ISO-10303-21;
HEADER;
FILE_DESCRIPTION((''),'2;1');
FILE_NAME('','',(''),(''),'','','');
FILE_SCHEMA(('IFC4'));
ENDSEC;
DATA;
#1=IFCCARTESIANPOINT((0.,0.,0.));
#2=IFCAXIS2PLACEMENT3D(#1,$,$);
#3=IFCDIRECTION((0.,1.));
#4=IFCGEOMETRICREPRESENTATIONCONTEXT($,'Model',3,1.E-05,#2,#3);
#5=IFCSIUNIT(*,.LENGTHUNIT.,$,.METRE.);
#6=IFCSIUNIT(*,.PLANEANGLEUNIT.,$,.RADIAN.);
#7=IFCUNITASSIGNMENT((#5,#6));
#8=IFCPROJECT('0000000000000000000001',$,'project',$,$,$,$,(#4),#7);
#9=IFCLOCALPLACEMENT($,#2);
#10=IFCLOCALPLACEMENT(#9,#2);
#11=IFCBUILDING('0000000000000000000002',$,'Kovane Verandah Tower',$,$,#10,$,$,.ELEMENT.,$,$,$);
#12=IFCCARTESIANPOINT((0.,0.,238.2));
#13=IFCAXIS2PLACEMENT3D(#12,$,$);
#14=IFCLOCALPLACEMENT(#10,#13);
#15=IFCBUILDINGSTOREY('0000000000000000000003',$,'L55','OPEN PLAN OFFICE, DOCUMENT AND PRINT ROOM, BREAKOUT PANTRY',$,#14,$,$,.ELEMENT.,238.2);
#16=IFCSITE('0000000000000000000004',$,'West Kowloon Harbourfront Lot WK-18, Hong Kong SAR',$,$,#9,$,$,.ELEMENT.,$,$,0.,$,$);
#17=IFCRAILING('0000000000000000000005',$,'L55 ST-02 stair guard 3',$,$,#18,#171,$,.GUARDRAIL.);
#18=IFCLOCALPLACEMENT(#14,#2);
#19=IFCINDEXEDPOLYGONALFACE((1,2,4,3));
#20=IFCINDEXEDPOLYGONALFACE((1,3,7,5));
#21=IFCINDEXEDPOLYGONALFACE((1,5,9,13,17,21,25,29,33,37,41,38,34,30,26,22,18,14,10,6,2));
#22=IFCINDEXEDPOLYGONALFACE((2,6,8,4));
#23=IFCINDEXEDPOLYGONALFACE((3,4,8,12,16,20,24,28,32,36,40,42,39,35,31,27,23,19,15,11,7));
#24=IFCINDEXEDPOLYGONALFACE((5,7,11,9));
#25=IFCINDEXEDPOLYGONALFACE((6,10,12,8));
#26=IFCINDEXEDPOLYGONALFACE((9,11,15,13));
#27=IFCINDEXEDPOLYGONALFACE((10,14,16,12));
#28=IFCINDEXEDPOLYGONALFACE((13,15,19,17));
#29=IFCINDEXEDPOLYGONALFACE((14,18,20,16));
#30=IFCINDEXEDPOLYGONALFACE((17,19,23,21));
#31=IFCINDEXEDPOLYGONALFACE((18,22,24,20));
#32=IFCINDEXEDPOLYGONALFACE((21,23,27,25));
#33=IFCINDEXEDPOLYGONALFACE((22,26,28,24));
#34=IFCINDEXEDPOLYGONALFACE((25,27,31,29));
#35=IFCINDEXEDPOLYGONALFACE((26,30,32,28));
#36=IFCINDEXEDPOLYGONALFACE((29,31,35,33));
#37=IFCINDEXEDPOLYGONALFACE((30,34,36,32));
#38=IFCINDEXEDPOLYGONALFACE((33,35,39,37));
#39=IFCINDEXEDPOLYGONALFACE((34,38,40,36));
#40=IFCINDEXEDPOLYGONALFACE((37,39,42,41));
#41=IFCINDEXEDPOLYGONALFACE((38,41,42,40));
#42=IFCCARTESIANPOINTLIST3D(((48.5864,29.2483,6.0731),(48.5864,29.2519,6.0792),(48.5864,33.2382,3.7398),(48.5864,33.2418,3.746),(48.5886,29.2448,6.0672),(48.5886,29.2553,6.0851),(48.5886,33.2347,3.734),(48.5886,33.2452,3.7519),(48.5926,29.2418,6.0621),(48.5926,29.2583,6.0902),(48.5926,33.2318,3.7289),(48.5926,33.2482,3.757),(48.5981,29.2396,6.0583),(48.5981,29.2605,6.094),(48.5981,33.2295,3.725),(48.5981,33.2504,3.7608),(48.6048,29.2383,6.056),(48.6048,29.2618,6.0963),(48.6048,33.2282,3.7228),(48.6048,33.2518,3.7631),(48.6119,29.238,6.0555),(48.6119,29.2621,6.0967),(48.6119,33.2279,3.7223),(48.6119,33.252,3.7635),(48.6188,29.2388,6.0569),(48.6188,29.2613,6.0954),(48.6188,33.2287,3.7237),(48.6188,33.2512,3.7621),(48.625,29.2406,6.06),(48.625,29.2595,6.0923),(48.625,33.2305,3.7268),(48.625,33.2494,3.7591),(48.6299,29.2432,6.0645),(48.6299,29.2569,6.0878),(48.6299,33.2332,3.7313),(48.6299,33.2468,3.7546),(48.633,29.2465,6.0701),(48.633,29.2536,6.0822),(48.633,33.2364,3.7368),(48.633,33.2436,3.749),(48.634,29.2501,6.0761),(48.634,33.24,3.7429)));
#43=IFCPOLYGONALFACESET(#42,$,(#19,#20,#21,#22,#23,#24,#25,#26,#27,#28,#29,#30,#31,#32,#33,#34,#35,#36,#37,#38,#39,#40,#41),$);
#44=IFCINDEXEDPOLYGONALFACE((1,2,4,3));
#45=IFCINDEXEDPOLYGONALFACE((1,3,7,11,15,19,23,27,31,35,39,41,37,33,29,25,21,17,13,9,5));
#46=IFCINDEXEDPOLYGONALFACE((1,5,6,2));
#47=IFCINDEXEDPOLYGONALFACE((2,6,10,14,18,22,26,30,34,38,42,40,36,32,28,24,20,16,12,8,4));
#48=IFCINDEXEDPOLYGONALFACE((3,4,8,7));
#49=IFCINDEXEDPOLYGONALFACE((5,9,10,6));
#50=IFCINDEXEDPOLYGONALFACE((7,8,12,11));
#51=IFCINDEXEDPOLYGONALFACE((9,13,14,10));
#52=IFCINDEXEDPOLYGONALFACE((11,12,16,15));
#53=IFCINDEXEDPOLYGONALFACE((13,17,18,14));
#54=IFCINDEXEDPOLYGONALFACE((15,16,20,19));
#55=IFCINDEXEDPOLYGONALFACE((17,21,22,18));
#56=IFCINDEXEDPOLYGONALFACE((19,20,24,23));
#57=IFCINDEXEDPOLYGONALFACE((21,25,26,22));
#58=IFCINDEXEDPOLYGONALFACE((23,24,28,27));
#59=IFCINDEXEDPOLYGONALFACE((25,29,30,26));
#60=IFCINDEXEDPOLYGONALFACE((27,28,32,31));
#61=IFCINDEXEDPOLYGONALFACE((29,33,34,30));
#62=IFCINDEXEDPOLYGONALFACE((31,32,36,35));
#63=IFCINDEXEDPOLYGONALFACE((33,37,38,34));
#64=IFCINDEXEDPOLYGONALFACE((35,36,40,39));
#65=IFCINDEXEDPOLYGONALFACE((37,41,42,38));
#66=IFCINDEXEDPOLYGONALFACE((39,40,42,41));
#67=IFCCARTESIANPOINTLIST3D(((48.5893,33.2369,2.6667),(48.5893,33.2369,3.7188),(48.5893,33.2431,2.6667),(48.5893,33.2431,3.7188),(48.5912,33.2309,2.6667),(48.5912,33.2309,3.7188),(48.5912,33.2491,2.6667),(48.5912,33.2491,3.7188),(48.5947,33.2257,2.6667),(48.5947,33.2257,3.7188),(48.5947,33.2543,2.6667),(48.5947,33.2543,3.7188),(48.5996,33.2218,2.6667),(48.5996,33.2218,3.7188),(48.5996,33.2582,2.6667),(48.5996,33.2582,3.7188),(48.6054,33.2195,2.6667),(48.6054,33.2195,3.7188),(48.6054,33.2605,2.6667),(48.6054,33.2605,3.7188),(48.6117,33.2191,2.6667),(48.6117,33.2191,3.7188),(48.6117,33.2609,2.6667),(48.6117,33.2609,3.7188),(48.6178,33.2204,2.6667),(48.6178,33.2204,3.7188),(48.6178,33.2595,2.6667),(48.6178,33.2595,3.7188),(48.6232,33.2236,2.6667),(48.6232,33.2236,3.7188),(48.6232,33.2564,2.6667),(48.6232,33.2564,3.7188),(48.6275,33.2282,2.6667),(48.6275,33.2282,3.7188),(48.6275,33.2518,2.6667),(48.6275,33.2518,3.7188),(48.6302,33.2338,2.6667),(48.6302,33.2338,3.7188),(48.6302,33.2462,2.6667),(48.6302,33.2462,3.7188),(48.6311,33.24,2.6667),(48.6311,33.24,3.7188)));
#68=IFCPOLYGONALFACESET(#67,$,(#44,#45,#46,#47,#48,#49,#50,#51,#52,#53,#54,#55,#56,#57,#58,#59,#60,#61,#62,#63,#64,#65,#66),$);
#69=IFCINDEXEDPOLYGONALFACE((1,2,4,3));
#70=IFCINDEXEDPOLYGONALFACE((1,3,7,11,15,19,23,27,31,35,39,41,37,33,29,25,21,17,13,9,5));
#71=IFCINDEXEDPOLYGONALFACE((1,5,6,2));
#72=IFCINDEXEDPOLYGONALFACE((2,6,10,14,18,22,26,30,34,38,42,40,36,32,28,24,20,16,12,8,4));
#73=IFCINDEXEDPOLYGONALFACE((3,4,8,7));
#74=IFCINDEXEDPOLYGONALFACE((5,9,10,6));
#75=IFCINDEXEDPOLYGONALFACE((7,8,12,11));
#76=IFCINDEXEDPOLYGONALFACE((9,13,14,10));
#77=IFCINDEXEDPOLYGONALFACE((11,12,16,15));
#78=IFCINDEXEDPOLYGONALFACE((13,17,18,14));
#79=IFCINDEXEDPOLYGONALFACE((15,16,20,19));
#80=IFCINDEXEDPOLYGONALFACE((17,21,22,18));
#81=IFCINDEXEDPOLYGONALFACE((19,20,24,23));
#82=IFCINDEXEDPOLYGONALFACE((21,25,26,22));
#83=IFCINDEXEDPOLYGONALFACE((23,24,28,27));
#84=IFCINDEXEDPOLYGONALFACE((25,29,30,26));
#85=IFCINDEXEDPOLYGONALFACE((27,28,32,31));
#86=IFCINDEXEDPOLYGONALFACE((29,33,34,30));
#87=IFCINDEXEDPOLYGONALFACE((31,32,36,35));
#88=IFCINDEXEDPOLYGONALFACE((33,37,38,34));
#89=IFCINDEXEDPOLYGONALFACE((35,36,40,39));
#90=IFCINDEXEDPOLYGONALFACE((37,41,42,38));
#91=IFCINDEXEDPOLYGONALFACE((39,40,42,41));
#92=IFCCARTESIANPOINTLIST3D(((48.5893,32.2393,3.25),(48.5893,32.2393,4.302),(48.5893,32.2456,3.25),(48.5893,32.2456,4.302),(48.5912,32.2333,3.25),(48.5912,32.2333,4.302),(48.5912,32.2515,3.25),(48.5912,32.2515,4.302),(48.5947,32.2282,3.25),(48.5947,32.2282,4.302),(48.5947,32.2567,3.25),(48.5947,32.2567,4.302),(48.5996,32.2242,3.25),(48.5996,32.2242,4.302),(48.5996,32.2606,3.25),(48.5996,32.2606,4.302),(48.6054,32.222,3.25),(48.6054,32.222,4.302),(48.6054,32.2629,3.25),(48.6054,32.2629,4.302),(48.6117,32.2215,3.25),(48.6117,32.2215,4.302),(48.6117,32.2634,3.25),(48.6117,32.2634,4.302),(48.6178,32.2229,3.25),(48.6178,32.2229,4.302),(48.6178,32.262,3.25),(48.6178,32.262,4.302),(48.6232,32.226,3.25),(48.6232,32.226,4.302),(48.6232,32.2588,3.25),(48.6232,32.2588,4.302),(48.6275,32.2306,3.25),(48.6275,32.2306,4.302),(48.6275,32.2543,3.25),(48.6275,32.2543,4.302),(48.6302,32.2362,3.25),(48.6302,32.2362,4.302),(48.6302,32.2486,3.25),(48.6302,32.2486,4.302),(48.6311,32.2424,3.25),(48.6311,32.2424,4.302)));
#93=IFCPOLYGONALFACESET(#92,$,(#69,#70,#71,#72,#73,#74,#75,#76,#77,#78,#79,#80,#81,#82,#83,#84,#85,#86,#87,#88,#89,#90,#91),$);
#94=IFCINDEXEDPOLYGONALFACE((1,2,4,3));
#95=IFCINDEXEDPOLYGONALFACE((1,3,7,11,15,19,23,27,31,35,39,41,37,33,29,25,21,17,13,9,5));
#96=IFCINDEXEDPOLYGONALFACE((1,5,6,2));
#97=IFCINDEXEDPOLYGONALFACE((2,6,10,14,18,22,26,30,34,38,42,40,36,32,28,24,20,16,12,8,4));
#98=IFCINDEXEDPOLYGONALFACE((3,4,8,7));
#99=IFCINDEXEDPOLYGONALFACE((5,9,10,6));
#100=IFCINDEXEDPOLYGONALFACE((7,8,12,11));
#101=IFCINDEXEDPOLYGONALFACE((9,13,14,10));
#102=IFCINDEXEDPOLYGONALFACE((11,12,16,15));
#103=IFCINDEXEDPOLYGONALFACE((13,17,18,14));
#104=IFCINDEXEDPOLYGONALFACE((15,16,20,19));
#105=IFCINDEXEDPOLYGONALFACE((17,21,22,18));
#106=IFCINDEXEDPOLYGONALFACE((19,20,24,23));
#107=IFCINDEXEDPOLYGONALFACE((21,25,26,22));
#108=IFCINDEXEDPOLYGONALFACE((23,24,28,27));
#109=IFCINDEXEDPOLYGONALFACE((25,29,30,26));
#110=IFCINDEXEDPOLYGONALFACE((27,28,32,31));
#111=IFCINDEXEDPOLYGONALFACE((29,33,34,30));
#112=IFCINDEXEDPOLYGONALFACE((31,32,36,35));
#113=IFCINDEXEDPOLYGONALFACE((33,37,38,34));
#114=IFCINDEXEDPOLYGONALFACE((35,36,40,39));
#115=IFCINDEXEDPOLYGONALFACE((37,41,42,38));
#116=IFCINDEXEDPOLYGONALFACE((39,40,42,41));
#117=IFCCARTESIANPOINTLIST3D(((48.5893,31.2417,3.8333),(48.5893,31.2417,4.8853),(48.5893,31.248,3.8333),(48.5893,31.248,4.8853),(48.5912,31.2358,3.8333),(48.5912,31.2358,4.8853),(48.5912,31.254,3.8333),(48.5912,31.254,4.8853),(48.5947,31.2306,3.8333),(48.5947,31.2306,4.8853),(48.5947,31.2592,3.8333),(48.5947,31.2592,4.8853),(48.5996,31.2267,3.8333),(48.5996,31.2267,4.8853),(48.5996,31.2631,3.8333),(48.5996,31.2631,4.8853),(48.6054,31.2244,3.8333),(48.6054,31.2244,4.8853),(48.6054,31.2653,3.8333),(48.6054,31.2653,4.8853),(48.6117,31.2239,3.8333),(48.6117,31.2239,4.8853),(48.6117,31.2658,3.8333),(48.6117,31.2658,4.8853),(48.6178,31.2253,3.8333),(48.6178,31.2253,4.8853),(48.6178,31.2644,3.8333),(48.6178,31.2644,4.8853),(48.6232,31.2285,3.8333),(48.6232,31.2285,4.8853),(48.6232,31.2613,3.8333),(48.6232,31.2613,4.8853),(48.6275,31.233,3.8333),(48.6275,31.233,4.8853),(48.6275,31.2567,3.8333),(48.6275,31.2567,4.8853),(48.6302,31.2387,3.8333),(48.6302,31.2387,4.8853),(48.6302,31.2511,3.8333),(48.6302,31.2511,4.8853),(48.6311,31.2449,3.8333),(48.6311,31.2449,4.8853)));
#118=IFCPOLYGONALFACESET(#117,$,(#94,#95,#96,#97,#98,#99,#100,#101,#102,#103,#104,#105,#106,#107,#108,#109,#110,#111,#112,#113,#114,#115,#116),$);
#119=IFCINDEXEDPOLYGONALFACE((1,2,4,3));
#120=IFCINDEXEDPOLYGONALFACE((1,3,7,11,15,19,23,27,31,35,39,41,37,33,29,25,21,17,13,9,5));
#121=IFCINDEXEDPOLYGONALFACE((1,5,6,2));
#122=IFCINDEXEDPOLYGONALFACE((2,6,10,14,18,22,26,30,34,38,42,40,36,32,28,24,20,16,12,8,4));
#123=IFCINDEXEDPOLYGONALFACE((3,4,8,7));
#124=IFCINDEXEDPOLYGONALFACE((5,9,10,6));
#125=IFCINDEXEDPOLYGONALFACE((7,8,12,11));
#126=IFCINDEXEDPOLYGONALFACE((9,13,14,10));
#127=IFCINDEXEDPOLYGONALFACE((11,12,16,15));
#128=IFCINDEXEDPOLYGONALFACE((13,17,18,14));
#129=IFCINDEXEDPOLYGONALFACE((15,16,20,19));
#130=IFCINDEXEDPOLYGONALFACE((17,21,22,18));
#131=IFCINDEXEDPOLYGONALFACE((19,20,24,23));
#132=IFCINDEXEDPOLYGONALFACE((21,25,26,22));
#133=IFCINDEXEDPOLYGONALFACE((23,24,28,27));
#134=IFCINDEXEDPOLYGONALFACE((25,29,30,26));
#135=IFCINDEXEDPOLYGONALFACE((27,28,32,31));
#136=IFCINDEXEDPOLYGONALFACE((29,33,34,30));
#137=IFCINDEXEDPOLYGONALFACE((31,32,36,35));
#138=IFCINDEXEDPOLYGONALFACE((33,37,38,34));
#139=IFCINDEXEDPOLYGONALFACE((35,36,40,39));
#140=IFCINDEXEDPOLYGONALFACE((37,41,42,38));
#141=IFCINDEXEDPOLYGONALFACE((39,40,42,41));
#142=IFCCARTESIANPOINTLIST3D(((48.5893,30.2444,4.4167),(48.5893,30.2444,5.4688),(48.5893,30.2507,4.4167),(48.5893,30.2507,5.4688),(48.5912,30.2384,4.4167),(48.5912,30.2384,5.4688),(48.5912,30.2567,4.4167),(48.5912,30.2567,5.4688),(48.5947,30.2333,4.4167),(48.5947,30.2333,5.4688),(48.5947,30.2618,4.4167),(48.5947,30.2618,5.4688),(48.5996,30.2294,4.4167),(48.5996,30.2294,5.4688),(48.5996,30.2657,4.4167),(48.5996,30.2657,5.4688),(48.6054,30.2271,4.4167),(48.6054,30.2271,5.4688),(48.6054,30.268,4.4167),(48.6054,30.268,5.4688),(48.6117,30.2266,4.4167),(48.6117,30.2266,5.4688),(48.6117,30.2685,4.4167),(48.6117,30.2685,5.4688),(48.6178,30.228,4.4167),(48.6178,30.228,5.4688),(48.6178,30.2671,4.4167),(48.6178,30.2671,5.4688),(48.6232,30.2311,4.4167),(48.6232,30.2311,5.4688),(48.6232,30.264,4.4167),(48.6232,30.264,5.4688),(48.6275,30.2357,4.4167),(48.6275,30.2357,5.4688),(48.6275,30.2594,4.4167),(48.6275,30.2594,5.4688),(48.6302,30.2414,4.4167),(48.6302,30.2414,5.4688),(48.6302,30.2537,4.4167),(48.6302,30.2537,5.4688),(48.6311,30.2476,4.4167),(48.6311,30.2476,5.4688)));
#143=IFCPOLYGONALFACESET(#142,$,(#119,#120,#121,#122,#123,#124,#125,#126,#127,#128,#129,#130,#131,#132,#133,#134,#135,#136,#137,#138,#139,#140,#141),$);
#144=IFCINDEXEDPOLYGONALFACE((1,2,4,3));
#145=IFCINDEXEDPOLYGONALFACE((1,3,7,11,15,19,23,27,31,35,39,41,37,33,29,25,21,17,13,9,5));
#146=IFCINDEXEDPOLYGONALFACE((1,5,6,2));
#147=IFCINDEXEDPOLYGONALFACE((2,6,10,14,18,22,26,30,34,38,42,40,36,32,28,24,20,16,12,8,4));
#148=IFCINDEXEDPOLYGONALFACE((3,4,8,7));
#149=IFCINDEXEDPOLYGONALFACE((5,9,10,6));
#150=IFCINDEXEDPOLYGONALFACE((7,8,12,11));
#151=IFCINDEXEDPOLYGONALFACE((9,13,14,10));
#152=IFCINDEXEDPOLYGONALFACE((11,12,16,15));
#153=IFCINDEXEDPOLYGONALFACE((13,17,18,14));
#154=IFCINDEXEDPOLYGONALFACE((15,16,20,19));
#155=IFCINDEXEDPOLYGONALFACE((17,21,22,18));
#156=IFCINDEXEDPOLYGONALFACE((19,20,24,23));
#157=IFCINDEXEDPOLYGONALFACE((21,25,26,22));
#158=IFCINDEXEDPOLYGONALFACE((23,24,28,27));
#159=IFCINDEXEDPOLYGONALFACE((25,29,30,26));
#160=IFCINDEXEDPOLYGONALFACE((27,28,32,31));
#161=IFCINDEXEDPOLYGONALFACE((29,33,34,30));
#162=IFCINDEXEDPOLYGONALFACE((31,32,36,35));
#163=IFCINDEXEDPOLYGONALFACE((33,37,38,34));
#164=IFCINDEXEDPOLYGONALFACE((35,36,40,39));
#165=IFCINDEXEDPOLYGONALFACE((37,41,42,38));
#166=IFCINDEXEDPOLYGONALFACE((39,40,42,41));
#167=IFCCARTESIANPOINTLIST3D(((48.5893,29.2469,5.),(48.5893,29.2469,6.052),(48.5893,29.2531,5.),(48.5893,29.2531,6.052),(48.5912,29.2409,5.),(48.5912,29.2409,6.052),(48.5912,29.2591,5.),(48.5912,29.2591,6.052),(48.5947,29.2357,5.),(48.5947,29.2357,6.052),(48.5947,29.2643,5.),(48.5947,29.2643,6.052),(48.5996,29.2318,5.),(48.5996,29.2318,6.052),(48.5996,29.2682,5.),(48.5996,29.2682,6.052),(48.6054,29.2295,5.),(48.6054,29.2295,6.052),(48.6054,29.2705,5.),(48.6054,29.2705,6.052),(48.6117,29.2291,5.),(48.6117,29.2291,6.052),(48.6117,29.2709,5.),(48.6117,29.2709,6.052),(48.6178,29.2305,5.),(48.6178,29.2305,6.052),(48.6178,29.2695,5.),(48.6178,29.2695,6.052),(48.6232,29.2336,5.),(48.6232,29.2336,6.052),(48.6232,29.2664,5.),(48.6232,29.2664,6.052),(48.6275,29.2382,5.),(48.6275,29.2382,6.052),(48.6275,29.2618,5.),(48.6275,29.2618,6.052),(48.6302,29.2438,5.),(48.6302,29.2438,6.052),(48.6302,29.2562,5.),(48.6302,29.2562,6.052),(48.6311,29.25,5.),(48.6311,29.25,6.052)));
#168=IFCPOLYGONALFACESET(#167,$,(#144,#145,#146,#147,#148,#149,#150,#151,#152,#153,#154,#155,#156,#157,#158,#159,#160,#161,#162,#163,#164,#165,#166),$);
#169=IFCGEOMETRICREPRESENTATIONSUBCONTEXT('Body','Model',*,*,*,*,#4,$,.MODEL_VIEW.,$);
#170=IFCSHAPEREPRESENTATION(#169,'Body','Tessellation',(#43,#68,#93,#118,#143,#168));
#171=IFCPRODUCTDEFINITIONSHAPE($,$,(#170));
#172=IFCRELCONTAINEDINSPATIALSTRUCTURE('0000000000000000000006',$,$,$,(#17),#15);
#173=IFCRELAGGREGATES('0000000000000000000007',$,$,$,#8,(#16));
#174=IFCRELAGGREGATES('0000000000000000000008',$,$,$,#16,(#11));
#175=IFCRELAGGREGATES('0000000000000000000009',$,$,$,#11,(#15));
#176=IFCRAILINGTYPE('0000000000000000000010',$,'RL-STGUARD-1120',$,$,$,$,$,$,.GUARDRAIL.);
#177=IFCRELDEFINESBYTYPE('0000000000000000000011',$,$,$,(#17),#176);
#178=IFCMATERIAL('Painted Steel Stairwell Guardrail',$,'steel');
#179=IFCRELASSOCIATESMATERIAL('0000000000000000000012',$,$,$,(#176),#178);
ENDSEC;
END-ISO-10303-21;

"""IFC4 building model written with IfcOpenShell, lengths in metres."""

from ifc_helpers import new_model, si_unit, direction, frame, origin, origin_2d, place, context, subcontext, project, spatial, circle, extrude, material, type_object, element, save


model = new_model("IFC4")

# Units and contexts
model_context = context("Model", 3, precision=1e-05, world=origin(), true_north=direction((0.0, 1.0)))
body_context = subcontext(model_context, "Body", "Model", "MODEL_VIEW")
ifc_project = project(units=[si_unit("LENGTHUNIT", "METRE"), si_unit("PLANEANGLEUNIT", "RADIAN")], contexts=[model_context])

# Site, building, storey
site_placement = place(None, origin())
site = spatial("IfcSite", under=ifc_project, at=site_placement, Name="West Kowloon Harbourfront Lot WK-18, Hong Kong SAR", CompositionType="ELEMENT", RefElevation=0.0)
building_placement = place(site_placement, origin())
building = spatial("IfcBuilding", under=site, at=building_placement, Name="Kovane Verandah Tower", CompositionType="ELEMENT")
storey_placement = place(building_placement, frame((0.0, 0.0, 238.2)))
storey = spatial("IfcBuildingStorey", under=building, at=storey_placement, Name="L55", Description="OPEN PLAN OFFICE, DOCUMENT AND PRINT ROOM, BREAKOUT PANTRY", CompositionType="ELEMENT", Elevation=238.2)

# Railing
ifc_material_1 = material(Name="Painted Steel Stairwell Guardrail", Category="steel")
railing_type_1 = type_object("IfcRailingType", Name="RL-STGUARD-1120", PredefinedType="GUARDRAIL", material=ifc_material_1)
for number, where, name in (
    (1, (48.6101, 33.24, 2.6667), "L55 ST-02 stair guard 3"),
):
    element("IfcRailing", number, at=place(storey_placement, frame(where)), inside=storey, type_object=railing_type_1, Name=name, PredefinedType="GUARDRAIL", context=body_context, shape_type="SweptSolid", body=[
        extrude(circle(Radius=0.0239, at=origin_2d()), frame((0.0, 0.0, 1.0762), z_axis=(0.0, -0.863236, 0.5048), x_axis=(1.0, 0.0, 0.0)), (0.0, 0.0, 1.0), 4.6221),
        extrude(circle(Radius=0.021, at=origin_2d()), origin(), (0.0, 0.0, 1.0), 1.052),
        extrude(circle(Radius=0.021, at=origin_2d()), frame((0.0, -0.9976, 0.5833)), (0.0, 0.0, 1.0), 1.052),
        extrude(circle(Radius=0.021, at=origin_2d()), frame((0.0, -1.9951, 1.1665)), (0.0, 0.0, 1.0), 1.052),
        extrude(circle(Radius=0.021, at=origin_2d()), frame((0.0, -2.9924, 1.75)), (0.0, 0.0, 1.0), 1.052),
        extrude(circle(Radius=0.021, at=origin_2d()), frame((0.0, -3.99, 2.3333)), (0.0, 0.0, 1.0), 1.052),
    ])

save(model, "model.ifc")
